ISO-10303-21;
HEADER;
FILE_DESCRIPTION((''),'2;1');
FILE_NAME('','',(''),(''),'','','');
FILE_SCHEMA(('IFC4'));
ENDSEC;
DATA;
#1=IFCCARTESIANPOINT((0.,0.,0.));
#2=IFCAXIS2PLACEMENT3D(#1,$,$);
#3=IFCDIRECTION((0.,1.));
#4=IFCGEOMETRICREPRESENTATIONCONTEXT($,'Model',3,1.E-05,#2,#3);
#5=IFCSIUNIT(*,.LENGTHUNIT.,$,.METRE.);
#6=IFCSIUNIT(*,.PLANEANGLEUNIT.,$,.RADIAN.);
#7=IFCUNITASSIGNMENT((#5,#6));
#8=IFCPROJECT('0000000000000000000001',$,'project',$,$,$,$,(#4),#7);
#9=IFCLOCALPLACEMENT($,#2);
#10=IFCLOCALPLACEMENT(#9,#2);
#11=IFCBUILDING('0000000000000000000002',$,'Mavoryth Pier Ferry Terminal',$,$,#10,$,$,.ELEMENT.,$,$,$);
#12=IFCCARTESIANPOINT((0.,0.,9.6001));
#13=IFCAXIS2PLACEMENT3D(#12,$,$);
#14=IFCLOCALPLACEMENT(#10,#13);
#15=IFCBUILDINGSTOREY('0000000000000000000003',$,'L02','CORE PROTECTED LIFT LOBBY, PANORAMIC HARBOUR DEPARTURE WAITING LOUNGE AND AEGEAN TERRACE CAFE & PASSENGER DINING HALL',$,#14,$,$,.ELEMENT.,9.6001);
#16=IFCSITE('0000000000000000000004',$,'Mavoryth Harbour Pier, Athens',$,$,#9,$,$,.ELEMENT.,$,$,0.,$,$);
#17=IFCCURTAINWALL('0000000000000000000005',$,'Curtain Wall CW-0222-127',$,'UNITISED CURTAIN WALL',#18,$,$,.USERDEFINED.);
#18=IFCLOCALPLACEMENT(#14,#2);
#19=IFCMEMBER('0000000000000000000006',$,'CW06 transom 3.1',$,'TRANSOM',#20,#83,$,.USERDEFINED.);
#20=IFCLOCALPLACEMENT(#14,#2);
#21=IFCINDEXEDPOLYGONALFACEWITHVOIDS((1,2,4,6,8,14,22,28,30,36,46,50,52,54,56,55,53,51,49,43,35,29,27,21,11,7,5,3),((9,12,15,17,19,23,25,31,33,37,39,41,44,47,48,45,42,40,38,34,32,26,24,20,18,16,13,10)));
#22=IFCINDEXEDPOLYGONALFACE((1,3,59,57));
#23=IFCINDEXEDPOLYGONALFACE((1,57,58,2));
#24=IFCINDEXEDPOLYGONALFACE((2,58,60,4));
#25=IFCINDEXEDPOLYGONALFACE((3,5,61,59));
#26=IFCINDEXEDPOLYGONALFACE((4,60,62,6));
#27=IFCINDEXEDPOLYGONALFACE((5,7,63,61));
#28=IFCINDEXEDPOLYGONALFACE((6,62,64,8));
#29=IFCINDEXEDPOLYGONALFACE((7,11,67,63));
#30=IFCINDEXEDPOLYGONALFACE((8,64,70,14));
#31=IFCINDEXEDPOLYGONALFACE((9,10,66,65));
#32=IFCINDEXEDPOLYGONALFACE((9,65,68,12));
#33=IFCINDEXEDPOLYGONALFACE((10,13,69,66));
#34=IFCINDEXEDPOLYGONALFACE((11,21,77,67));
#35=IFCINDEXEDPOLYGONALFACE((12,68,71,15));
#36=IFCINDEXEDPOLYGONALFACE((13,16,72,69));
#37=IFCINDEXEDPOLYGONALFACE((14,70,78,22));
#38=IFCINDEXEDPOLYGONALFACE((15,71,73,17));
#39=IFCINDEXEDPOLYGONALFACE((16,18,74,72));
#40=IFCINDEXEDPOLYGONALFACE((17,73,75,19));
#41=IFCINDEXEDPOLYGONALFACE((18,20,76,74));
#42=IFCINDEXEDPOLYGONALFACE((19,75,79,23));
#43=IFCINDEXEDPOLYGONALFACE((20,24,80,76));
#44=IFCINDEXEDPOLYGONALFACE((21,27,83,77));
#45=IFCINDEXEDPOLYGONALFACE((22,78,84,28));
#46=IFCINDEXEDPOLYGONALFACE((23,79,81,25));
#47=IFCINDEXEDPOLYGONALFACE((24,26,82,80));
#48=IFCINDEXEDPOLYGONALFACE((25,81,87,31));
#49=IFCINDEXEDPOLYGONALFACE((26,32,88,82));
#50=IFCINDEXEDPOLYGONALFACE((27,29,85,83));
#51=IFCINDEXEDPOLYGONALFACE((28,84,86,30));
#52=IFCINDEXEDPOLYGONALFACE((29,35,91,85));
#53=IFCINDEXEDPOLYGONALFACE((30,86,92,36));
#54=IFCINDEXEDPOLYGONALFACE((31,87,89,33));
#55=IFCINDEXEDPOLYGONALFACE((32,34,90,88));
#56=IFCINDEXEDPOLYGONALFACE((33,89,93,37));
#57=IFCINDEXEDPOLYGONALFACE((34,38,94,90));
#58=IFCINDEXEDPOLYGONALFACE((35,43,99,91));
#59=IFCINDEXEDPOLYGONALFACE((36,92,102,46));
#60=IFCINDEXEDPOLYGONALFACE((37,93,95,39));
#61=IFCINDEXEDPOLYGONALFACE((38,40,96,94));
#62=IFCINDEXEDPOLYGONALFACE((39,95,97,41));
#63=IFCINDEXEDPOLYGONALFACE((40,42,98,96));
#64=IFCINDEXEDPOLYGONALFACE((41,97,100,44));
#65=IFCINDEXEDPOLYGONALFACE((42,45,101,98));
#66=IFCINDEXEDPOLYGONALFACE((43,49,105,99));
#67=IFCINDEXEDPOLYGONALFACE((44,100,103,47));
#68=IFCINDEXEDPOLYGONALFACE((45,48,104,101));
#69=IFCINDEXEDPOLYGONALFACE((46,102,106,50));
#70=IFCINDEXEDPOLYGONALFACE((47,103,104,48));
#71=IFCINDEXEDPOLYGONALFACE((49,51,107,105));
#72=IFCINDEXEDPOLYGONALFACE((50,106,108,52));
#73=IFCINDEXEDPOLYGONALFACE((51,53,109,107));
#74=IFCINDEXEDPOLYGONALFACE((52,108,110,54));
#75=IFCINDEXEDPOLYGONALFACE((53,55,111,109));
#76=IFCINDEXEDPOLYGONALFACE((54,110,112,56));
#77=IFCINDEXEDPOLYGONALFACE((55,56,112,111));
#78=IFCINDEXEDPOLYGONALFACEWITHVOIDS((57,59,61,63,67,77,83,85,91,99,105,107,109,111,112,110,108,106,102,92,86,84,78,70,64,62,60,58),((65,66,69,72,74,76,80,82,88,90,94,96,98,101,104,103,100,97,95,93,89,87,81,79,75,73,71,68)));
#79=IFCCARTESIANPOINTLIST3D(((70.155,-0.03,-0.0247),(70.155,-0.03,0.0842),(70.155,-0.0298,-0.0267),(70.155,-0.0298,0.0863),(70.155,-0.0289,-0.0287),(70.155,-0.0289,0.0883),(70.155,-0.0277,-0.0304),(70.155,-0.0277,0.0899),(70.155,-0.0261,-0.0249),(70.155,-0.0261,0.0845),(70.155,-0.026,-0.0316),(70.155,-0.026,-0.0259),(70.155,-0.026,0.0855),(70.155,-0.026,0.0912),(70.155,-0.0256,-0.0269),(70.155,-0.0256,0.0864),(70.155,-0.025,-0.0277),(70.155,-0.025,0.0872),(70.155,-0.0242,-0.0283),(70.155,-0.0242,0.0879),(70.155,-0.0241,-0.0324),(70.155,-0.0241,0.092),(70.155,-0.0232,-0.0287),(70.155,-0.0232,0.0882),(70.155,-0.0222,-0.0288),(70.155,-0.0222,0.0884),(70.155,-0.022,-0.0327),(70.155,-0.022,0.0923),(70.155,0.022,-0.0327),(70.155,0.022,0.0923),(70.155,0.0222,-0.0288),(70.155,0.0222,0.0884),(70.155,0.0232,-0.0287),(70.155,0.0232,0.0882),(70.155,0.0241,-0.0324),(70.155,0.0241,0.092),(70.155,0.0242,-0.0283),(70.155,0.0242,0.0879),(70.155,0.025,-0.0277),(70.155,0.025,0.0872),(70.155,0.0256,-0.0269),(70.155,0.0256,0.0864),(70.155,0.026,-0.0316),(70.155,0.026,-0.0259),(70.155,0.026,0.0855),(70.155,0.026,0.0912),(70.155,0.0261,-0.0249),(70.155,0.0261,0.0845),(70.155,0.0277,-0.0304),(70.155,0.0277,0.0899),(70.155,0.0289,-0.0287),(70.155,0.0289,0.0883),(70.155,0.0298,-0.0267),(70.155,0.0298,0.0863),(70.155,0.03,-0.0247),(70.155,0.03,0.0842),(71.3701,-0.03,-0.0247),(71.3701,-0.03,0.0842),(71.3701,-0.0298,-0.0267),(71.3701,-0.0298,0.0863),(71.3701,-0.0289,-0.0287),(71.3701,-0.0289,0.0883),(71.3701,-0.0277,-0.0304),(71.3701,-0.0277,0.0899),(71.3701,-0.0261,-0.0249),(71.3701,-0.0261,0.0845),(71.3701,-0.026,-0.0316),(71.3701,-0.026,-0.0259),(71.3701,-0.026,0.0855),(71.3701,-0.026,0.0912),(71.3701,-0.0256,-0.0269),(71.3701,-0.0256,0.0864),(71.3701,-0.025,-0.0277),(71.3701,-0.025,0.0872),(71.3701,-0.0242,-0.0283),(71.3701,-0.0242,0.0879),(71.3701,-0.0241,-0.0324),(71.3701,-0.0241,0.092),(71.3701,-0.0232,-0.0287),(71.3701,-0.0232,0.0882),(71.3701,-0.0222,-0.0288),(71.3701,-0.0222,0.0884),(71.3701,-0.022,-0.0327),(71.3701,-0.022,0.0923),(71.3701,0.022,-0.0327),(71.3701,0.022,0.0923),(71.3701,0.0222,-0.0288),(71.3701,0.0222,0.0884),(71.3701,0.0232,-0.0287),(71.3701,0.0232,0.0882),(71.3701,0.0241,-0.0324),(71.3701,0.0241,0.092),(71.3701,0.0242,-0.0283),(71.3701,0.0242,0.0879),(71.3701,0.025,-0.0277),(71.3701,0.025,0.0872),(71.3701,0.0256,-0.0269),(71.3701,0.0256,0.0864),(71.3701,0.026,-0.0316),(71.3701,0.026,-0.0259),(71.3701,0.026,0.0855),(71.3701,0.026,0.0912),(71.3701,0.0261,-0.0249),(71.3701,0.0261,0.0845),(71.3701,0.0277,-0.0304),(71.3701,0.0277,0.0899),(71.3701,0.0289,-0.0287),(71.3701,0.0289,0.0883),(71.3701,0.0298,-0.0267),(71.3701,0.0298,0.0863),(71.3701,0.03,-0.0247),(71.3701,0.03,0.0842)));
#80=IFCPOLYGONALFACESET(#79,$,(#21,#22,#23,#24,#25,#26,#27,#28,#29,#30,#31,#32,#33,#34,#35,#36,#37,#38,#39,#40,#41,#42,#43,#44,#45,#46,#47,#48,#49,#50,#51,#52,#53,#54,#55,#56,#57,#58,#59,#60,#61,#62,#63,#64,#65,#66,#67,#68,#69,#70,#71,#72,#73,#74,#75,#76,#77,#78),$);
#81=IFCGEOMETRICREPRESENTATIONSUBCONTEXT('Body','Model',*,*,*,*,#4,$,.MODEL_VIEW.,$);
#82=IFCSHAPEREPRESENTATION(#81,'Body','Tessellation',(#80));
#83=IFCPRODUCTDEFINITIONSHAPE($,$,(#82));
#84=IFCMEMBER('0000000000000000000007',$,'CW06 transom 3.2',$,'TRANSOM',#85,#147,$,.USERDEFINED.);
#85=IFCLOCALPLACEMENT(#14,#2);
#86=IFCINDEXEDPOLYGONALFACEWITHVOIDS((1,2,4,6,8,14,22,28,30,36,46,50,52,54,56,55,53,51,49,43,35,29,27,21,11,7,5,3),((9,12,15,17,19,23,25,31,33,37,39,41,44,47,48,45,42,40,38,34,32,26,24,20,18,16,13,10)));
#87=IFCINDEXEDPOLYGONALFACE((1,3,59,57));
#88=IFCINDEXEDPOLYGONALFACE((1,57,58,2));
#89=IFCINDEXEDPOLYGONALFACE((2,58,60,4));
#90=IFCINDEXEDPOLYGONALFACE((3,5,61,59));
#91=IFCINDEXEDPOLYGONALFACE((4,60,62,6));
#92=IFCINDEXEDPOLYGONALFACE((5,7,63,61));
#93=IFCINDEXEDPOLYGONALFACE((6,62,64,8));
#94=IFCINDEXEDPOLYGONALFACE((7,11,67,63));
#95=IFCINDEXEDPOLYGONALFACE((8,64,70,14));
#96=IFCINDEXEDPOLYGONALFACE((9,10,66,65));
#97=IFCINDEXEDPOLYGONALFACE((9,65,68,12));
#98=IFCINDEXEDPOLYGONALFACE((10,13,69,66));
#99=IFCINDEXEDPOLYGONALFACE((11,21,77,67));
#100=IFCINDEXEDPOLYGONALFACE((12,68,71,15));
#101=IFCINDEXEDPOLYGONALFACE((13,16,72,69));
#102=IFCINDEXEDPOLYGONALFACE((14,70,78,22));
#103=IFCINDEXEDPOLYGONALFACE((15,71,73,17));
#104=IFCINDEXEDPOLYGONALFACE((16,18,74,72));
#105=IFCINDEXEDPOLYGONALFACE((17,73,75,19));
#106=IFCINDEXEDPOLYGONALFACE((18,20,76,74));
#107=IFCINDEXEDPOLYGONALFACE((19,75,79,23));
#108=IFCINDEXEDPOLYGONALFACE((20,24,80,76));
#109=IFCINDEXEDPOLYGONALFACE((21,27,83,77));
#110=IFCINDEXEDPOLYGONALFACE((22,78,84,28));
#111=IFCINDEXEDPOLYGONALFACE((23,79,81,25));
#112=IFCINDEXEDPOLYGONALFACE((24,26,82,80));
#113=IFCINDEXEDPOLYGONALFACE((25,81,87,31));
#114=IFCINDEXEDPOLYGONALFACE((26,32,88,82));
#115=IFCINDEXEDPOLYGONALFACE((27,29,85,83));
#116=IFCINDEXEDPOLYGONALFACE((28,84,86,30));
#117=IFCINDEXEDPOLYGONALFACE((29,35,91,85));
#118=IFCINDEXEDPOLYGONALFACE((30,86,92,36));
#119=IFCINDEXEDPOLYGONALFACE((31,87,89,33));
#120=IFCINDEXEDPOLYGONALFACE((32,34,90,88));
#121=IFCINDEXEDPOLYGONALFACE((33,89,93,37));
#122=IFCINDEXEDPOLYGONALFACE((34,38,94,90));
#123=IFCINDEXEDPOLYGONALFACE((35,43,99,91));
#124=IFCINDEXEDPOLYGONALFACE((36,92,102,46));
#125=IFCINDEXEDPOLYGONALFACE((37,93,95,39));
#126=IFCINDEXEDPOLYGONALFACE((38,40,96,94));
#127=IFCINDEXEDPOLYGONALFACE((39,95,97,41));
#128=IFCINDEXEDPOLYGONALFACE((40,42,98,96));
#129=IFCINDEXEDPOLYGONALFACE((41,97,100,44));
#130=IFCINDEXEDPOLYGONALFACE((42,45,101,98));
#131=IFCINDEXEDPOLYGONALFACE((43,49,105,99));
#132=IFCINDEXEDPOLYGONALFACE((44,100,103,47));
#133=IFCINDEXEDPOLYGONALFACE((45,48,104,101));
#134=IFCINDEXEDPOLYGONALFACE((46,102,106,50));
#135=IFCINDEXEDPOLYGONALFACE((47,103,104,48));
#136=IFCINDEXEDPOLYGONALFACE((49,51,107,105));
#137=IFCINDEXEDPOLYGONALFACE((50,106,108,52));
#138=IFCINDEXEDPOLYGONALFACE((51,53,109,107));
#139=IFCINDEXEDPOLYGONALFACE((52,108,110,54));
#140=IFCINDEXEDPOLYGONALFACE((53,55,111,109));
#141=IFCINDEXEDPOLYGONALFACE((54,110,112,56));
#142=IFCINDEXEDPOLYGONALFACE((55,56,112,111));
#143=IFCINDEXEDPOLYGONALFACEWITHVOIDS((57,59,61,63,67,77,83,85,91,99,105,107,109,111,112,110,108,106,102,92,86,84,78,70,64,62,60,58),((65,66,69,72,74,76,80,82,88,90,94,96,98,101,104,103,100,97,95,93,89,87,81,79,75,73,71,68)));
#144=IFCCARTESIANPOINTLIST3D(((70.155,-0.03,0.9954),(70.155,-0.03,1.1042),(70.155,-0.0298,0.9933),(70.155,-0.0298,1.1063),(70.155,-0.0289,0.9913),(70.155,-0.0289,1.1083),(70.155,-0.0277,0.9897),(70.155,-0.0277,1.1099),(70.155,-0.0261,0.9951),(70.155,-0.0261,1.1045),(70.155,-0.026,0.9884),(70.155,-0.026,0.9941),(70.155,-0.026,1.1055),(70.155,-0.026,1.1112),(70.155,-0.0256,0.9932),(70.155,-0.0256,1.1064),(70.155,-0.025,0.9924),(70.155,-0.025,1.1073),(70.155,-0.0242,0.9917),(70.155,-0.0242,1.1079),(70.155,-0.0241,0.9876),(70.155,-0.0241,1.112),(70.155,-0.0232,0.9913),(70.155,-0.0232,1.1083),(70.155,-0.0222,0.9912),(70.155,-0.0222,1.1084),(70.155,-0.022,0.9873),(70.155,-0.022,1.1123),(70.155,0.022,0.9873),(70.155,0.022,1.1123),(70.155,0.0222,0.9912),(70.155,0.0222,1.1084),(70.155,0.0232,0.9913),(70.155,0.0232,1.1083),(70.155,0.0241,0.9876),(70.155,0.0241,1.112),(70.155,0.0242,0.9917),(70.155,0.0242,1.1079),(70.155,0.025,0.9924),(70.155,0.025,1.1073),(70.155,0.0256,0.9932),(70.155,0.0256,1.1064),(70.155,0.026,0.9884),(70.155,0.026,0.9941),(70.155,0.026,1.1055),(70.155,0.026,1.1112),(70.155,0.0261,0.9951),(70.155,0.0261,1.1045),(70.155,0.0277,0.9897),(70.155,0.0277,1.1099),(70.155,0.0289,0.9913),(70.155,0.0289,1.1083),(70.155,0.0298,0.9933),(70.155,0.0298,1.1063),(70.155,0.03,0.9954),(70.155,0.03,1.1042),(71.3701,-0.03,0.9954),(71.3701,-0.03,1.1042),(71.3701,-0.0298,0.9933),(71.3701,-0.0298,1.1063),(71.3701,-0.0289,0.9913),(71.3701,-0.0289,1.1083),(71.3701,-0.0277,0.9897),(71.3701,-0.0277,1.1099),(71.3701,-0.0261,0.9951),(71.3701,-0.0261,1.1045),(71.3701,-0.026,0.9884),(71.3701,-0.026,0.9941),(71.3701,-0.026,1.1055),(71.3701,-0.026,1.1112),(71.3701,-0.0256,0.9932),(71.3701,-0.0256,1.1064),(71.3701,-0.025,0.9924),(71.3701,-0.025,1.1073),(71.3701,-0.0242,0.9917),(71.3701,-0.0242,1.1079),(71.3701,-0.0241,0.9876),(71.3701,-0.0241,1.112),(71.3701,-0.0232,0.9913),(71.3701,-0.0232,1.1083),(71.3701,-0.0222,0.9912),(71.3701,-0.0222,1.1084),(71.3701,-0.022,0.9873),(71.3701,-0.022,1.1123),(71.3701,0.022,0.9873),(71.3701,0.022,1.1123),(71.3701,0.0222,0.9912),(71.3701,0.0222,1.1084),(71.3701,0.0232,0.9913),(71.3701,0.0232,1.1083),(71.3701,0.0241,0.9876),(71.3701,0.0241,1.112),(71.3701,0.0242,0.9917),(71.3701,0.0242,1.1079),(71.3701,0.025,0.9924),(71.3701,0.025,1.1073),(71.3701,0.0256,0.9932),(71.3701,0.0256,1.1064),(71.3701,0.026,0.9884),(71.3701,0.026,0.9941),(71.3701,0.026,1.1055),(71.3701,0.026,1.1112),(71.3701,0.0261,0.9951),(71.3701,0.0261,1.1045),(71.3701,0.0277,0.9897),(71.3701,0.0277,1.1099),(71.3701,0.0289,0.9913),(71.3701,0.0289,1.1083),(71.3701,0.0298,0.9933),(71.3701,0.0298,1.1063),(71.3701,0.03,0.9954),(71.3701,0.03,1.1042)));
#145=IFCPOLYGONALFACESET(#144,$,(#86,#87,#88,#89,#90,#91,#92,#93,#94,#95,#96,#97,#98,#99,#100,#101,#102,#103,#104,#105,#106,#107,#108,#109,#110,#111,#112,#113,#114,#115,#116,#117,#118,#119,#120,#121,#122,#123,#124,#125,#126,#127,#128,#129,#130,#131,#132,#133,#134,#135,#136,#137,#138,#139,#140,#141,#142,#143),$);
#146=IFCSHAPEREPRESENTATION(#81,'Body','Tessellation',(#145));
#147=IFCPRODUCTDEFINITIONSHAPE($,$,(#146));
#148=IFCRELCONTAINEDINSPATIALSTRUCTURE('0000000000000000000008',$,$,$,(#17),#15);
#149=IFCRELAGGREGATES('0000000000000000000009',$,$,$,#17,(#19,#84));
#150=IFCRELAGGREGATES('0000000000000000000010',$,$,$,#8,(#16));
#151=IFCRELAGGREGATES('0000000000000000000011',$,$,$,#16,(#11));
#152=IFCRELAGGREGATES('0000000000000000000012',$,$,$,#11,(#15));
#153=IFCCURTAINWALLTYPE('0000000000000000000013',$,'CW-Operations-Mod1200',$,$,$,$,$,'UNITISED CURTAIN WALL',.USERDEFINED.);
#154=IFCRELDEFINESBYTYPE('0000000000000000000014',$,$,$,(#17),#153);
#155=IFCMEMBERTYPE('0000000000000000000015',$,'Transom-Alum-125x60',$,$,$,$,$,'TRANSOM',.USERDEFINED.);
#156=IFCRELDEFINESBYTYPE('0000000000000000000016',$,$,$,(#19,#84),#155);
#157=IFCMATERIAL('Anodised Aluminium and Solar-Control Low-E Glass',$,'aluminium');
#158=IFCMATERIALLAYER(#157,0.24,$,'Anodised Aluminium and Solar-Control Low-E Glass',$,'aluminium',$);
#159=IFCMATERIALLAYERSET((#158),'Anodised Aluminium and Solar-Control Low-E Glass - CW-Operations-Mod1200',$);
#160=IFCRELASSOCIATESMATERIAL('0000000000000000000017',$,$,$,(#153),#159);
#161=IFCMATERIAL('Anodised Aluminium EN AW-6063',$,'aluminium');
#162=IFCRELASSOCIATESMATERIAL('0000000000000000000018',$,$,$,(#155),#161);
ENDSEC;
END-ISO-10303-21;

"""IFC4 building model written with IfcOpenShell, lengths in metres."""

from ifc_helpers import new_model, si_unit, direction, frame, origin, origin_2d, place, context, subcontext, project, spatial, hollow_rectangle, extrude, material, layer, layer_set, material_profile, profile_set, type_object, element, aggregate, save


model = new_model("IFC4")

# Units and contexts
model_context = context("Model", 3, precision=1e-05, world=origin(), true_north=direction((0.0, 1.0)))
body_context = subcontext(model_context, "Body", "Model", "MODEL_VIEW")
ifc_project = project(units=[si_unit("LENGTHUNIT", "METRE"), si_unit("PLANEANGLEUNIT", "RADIAN")], contexts=[model_context])

# Site, building, storey
site_placement = place(None, origin())
site = spatial("IfcSite", under=ifc_project, at=site_placement, Name="Mavoryth Harbour Pier, Athens", CompositionType="ELEMENT", RefElevation=0.0)
building_placement = place(site_placement, origin())
building = spatial("IfcBuilding", under=site, at=building_placement, Name="Mavoryth Pier Ferry Terminal", CompositionType="ELEMENT")
storey_placement = place(building_placement, frame((0.0, 0.0, 9.6001)))
storey = spatial("IfcBuildingStorey", under=building, at=storey_placement, Name="L02", Description="CORE PROTECTED LIFT LOBBY, PANORAMIC HARBOUR DEPARTURE WAITING LOUNGE AND AEGEAN TERRACE CAFE & PASSENGER DINING HALL", CompositionType="ELEMENT", Elevation=9.6001)

# Shared definitions
ifc_material_1 = material(Name="Anodised Aluminium and Solar-Control Low-E Glass", Category="aluminium")
ifc_layer_1 = layer(ifc_material_1, 0.24, Name="Anodised Aluminium and Solar-Control Low-E Glass", Category="aluminium")
ifc_layer_set_1 = layer_set([ifc_layer_1], Name="Anodised Aluminium and Solar-Control Low-E Glass - CW-Operations-Mod1200")
curtain_wall_type = type_object("IfcCurtainWallType", Name="CW-Operations-Mod1200", ElementType="UNITISED CURTAIN WALL", PredefinedType="USERDEFINED", material=ifc_layer_set_1)
ifc_material_2 = material(Name="Anodised Aluminium EN AW-6063", Category="aluminium")

# Curtain wall
curtain_wall_1_placement = place(storey_placement, origin())
curtain_wall_1 = element("IfcCurtainWall", 1, at=curtain_wall_1_placement, inside=storey, type_object=curtain_wall_type, Name="Curtain Wall CW-0222-127", ObjectType="UNITISED CURTAIN WALL", PredefinedType="USERDEFINED")

# Members
ifc_material_profile_1 = material_profile(ifc_material_2, hollow_rectangle(XDim=0.0601, YDim=0.125, WallThickness=0.0039, InnerFilletRadius=0.0039, OuterFilletRadius=0.0081, at=origin_2d()), Name="AL-TRAN 125x60x4", Category="aluminium")
ifc_profile_set_1 = profile_set([ifc_material_profile_1], Name="Anodised Aluminium EN AW-6063 - AL-TRAN 125x60x4")
member_type_1 = type_object("IfcMemberType", Name="Transom-Alum-125x60", ElementType="TRANSOM", PredefinedType="USERDEFINED", material=ifc_profile_set_1)
member_1_placement = place(storey_placement, frame((70.155, 0.0, 0.0298), z_axis=(1.0, 0.0, 0.0), x_axis=(0.0, 1.0, 0.0)))
member_1 = element("IfcMember", 2, at=member_1_placement, type_object=member_type_1, Name="CW06 transom 3.1", ObjectType="TRANSOM", PredefinedType="USERDEFINED", context=body_context, shape_type="SweptSolid", body=[
    extrude(hollow_rectangle(XDim=0.0601, YDim=0.125, WallThickness=0.0039, InnerFilletRadius=0.0039, OuterFilletRadius=0.0081, at=origin_2d()), origin(), (0.0, 0.0, 1.0), 1.2151),
])
member_2_placement = place(storey_placement, frame((70.155, 0.0, 1.0498), z_axis=(1.0, 0.0, 0.0), x_axis=(0.0, 1.0, 0.0)))
member_2 = element("IfcMember", 3, at=member_2_placement, type_object=member_type_1, Name="CW06 transom 3.2", ObjectType="TRANSOM", PredefinedType="USERDEFINED", context=body_context, shape_type="SweptSolid", body=[
    extrude(hollow_rectangle(XDim=0.0601, YDim=0.125, WallThickness=0.0039, InnerFilletRadius=0.0039, OuterFilletRadius=0.0081, at=origin_2d()), origin(), (0.0, 0.0, 1.0), 1.2151),
])

aggregate(curtain_wall_1, [member_1, member_2])

save(model, "model.ifc")
